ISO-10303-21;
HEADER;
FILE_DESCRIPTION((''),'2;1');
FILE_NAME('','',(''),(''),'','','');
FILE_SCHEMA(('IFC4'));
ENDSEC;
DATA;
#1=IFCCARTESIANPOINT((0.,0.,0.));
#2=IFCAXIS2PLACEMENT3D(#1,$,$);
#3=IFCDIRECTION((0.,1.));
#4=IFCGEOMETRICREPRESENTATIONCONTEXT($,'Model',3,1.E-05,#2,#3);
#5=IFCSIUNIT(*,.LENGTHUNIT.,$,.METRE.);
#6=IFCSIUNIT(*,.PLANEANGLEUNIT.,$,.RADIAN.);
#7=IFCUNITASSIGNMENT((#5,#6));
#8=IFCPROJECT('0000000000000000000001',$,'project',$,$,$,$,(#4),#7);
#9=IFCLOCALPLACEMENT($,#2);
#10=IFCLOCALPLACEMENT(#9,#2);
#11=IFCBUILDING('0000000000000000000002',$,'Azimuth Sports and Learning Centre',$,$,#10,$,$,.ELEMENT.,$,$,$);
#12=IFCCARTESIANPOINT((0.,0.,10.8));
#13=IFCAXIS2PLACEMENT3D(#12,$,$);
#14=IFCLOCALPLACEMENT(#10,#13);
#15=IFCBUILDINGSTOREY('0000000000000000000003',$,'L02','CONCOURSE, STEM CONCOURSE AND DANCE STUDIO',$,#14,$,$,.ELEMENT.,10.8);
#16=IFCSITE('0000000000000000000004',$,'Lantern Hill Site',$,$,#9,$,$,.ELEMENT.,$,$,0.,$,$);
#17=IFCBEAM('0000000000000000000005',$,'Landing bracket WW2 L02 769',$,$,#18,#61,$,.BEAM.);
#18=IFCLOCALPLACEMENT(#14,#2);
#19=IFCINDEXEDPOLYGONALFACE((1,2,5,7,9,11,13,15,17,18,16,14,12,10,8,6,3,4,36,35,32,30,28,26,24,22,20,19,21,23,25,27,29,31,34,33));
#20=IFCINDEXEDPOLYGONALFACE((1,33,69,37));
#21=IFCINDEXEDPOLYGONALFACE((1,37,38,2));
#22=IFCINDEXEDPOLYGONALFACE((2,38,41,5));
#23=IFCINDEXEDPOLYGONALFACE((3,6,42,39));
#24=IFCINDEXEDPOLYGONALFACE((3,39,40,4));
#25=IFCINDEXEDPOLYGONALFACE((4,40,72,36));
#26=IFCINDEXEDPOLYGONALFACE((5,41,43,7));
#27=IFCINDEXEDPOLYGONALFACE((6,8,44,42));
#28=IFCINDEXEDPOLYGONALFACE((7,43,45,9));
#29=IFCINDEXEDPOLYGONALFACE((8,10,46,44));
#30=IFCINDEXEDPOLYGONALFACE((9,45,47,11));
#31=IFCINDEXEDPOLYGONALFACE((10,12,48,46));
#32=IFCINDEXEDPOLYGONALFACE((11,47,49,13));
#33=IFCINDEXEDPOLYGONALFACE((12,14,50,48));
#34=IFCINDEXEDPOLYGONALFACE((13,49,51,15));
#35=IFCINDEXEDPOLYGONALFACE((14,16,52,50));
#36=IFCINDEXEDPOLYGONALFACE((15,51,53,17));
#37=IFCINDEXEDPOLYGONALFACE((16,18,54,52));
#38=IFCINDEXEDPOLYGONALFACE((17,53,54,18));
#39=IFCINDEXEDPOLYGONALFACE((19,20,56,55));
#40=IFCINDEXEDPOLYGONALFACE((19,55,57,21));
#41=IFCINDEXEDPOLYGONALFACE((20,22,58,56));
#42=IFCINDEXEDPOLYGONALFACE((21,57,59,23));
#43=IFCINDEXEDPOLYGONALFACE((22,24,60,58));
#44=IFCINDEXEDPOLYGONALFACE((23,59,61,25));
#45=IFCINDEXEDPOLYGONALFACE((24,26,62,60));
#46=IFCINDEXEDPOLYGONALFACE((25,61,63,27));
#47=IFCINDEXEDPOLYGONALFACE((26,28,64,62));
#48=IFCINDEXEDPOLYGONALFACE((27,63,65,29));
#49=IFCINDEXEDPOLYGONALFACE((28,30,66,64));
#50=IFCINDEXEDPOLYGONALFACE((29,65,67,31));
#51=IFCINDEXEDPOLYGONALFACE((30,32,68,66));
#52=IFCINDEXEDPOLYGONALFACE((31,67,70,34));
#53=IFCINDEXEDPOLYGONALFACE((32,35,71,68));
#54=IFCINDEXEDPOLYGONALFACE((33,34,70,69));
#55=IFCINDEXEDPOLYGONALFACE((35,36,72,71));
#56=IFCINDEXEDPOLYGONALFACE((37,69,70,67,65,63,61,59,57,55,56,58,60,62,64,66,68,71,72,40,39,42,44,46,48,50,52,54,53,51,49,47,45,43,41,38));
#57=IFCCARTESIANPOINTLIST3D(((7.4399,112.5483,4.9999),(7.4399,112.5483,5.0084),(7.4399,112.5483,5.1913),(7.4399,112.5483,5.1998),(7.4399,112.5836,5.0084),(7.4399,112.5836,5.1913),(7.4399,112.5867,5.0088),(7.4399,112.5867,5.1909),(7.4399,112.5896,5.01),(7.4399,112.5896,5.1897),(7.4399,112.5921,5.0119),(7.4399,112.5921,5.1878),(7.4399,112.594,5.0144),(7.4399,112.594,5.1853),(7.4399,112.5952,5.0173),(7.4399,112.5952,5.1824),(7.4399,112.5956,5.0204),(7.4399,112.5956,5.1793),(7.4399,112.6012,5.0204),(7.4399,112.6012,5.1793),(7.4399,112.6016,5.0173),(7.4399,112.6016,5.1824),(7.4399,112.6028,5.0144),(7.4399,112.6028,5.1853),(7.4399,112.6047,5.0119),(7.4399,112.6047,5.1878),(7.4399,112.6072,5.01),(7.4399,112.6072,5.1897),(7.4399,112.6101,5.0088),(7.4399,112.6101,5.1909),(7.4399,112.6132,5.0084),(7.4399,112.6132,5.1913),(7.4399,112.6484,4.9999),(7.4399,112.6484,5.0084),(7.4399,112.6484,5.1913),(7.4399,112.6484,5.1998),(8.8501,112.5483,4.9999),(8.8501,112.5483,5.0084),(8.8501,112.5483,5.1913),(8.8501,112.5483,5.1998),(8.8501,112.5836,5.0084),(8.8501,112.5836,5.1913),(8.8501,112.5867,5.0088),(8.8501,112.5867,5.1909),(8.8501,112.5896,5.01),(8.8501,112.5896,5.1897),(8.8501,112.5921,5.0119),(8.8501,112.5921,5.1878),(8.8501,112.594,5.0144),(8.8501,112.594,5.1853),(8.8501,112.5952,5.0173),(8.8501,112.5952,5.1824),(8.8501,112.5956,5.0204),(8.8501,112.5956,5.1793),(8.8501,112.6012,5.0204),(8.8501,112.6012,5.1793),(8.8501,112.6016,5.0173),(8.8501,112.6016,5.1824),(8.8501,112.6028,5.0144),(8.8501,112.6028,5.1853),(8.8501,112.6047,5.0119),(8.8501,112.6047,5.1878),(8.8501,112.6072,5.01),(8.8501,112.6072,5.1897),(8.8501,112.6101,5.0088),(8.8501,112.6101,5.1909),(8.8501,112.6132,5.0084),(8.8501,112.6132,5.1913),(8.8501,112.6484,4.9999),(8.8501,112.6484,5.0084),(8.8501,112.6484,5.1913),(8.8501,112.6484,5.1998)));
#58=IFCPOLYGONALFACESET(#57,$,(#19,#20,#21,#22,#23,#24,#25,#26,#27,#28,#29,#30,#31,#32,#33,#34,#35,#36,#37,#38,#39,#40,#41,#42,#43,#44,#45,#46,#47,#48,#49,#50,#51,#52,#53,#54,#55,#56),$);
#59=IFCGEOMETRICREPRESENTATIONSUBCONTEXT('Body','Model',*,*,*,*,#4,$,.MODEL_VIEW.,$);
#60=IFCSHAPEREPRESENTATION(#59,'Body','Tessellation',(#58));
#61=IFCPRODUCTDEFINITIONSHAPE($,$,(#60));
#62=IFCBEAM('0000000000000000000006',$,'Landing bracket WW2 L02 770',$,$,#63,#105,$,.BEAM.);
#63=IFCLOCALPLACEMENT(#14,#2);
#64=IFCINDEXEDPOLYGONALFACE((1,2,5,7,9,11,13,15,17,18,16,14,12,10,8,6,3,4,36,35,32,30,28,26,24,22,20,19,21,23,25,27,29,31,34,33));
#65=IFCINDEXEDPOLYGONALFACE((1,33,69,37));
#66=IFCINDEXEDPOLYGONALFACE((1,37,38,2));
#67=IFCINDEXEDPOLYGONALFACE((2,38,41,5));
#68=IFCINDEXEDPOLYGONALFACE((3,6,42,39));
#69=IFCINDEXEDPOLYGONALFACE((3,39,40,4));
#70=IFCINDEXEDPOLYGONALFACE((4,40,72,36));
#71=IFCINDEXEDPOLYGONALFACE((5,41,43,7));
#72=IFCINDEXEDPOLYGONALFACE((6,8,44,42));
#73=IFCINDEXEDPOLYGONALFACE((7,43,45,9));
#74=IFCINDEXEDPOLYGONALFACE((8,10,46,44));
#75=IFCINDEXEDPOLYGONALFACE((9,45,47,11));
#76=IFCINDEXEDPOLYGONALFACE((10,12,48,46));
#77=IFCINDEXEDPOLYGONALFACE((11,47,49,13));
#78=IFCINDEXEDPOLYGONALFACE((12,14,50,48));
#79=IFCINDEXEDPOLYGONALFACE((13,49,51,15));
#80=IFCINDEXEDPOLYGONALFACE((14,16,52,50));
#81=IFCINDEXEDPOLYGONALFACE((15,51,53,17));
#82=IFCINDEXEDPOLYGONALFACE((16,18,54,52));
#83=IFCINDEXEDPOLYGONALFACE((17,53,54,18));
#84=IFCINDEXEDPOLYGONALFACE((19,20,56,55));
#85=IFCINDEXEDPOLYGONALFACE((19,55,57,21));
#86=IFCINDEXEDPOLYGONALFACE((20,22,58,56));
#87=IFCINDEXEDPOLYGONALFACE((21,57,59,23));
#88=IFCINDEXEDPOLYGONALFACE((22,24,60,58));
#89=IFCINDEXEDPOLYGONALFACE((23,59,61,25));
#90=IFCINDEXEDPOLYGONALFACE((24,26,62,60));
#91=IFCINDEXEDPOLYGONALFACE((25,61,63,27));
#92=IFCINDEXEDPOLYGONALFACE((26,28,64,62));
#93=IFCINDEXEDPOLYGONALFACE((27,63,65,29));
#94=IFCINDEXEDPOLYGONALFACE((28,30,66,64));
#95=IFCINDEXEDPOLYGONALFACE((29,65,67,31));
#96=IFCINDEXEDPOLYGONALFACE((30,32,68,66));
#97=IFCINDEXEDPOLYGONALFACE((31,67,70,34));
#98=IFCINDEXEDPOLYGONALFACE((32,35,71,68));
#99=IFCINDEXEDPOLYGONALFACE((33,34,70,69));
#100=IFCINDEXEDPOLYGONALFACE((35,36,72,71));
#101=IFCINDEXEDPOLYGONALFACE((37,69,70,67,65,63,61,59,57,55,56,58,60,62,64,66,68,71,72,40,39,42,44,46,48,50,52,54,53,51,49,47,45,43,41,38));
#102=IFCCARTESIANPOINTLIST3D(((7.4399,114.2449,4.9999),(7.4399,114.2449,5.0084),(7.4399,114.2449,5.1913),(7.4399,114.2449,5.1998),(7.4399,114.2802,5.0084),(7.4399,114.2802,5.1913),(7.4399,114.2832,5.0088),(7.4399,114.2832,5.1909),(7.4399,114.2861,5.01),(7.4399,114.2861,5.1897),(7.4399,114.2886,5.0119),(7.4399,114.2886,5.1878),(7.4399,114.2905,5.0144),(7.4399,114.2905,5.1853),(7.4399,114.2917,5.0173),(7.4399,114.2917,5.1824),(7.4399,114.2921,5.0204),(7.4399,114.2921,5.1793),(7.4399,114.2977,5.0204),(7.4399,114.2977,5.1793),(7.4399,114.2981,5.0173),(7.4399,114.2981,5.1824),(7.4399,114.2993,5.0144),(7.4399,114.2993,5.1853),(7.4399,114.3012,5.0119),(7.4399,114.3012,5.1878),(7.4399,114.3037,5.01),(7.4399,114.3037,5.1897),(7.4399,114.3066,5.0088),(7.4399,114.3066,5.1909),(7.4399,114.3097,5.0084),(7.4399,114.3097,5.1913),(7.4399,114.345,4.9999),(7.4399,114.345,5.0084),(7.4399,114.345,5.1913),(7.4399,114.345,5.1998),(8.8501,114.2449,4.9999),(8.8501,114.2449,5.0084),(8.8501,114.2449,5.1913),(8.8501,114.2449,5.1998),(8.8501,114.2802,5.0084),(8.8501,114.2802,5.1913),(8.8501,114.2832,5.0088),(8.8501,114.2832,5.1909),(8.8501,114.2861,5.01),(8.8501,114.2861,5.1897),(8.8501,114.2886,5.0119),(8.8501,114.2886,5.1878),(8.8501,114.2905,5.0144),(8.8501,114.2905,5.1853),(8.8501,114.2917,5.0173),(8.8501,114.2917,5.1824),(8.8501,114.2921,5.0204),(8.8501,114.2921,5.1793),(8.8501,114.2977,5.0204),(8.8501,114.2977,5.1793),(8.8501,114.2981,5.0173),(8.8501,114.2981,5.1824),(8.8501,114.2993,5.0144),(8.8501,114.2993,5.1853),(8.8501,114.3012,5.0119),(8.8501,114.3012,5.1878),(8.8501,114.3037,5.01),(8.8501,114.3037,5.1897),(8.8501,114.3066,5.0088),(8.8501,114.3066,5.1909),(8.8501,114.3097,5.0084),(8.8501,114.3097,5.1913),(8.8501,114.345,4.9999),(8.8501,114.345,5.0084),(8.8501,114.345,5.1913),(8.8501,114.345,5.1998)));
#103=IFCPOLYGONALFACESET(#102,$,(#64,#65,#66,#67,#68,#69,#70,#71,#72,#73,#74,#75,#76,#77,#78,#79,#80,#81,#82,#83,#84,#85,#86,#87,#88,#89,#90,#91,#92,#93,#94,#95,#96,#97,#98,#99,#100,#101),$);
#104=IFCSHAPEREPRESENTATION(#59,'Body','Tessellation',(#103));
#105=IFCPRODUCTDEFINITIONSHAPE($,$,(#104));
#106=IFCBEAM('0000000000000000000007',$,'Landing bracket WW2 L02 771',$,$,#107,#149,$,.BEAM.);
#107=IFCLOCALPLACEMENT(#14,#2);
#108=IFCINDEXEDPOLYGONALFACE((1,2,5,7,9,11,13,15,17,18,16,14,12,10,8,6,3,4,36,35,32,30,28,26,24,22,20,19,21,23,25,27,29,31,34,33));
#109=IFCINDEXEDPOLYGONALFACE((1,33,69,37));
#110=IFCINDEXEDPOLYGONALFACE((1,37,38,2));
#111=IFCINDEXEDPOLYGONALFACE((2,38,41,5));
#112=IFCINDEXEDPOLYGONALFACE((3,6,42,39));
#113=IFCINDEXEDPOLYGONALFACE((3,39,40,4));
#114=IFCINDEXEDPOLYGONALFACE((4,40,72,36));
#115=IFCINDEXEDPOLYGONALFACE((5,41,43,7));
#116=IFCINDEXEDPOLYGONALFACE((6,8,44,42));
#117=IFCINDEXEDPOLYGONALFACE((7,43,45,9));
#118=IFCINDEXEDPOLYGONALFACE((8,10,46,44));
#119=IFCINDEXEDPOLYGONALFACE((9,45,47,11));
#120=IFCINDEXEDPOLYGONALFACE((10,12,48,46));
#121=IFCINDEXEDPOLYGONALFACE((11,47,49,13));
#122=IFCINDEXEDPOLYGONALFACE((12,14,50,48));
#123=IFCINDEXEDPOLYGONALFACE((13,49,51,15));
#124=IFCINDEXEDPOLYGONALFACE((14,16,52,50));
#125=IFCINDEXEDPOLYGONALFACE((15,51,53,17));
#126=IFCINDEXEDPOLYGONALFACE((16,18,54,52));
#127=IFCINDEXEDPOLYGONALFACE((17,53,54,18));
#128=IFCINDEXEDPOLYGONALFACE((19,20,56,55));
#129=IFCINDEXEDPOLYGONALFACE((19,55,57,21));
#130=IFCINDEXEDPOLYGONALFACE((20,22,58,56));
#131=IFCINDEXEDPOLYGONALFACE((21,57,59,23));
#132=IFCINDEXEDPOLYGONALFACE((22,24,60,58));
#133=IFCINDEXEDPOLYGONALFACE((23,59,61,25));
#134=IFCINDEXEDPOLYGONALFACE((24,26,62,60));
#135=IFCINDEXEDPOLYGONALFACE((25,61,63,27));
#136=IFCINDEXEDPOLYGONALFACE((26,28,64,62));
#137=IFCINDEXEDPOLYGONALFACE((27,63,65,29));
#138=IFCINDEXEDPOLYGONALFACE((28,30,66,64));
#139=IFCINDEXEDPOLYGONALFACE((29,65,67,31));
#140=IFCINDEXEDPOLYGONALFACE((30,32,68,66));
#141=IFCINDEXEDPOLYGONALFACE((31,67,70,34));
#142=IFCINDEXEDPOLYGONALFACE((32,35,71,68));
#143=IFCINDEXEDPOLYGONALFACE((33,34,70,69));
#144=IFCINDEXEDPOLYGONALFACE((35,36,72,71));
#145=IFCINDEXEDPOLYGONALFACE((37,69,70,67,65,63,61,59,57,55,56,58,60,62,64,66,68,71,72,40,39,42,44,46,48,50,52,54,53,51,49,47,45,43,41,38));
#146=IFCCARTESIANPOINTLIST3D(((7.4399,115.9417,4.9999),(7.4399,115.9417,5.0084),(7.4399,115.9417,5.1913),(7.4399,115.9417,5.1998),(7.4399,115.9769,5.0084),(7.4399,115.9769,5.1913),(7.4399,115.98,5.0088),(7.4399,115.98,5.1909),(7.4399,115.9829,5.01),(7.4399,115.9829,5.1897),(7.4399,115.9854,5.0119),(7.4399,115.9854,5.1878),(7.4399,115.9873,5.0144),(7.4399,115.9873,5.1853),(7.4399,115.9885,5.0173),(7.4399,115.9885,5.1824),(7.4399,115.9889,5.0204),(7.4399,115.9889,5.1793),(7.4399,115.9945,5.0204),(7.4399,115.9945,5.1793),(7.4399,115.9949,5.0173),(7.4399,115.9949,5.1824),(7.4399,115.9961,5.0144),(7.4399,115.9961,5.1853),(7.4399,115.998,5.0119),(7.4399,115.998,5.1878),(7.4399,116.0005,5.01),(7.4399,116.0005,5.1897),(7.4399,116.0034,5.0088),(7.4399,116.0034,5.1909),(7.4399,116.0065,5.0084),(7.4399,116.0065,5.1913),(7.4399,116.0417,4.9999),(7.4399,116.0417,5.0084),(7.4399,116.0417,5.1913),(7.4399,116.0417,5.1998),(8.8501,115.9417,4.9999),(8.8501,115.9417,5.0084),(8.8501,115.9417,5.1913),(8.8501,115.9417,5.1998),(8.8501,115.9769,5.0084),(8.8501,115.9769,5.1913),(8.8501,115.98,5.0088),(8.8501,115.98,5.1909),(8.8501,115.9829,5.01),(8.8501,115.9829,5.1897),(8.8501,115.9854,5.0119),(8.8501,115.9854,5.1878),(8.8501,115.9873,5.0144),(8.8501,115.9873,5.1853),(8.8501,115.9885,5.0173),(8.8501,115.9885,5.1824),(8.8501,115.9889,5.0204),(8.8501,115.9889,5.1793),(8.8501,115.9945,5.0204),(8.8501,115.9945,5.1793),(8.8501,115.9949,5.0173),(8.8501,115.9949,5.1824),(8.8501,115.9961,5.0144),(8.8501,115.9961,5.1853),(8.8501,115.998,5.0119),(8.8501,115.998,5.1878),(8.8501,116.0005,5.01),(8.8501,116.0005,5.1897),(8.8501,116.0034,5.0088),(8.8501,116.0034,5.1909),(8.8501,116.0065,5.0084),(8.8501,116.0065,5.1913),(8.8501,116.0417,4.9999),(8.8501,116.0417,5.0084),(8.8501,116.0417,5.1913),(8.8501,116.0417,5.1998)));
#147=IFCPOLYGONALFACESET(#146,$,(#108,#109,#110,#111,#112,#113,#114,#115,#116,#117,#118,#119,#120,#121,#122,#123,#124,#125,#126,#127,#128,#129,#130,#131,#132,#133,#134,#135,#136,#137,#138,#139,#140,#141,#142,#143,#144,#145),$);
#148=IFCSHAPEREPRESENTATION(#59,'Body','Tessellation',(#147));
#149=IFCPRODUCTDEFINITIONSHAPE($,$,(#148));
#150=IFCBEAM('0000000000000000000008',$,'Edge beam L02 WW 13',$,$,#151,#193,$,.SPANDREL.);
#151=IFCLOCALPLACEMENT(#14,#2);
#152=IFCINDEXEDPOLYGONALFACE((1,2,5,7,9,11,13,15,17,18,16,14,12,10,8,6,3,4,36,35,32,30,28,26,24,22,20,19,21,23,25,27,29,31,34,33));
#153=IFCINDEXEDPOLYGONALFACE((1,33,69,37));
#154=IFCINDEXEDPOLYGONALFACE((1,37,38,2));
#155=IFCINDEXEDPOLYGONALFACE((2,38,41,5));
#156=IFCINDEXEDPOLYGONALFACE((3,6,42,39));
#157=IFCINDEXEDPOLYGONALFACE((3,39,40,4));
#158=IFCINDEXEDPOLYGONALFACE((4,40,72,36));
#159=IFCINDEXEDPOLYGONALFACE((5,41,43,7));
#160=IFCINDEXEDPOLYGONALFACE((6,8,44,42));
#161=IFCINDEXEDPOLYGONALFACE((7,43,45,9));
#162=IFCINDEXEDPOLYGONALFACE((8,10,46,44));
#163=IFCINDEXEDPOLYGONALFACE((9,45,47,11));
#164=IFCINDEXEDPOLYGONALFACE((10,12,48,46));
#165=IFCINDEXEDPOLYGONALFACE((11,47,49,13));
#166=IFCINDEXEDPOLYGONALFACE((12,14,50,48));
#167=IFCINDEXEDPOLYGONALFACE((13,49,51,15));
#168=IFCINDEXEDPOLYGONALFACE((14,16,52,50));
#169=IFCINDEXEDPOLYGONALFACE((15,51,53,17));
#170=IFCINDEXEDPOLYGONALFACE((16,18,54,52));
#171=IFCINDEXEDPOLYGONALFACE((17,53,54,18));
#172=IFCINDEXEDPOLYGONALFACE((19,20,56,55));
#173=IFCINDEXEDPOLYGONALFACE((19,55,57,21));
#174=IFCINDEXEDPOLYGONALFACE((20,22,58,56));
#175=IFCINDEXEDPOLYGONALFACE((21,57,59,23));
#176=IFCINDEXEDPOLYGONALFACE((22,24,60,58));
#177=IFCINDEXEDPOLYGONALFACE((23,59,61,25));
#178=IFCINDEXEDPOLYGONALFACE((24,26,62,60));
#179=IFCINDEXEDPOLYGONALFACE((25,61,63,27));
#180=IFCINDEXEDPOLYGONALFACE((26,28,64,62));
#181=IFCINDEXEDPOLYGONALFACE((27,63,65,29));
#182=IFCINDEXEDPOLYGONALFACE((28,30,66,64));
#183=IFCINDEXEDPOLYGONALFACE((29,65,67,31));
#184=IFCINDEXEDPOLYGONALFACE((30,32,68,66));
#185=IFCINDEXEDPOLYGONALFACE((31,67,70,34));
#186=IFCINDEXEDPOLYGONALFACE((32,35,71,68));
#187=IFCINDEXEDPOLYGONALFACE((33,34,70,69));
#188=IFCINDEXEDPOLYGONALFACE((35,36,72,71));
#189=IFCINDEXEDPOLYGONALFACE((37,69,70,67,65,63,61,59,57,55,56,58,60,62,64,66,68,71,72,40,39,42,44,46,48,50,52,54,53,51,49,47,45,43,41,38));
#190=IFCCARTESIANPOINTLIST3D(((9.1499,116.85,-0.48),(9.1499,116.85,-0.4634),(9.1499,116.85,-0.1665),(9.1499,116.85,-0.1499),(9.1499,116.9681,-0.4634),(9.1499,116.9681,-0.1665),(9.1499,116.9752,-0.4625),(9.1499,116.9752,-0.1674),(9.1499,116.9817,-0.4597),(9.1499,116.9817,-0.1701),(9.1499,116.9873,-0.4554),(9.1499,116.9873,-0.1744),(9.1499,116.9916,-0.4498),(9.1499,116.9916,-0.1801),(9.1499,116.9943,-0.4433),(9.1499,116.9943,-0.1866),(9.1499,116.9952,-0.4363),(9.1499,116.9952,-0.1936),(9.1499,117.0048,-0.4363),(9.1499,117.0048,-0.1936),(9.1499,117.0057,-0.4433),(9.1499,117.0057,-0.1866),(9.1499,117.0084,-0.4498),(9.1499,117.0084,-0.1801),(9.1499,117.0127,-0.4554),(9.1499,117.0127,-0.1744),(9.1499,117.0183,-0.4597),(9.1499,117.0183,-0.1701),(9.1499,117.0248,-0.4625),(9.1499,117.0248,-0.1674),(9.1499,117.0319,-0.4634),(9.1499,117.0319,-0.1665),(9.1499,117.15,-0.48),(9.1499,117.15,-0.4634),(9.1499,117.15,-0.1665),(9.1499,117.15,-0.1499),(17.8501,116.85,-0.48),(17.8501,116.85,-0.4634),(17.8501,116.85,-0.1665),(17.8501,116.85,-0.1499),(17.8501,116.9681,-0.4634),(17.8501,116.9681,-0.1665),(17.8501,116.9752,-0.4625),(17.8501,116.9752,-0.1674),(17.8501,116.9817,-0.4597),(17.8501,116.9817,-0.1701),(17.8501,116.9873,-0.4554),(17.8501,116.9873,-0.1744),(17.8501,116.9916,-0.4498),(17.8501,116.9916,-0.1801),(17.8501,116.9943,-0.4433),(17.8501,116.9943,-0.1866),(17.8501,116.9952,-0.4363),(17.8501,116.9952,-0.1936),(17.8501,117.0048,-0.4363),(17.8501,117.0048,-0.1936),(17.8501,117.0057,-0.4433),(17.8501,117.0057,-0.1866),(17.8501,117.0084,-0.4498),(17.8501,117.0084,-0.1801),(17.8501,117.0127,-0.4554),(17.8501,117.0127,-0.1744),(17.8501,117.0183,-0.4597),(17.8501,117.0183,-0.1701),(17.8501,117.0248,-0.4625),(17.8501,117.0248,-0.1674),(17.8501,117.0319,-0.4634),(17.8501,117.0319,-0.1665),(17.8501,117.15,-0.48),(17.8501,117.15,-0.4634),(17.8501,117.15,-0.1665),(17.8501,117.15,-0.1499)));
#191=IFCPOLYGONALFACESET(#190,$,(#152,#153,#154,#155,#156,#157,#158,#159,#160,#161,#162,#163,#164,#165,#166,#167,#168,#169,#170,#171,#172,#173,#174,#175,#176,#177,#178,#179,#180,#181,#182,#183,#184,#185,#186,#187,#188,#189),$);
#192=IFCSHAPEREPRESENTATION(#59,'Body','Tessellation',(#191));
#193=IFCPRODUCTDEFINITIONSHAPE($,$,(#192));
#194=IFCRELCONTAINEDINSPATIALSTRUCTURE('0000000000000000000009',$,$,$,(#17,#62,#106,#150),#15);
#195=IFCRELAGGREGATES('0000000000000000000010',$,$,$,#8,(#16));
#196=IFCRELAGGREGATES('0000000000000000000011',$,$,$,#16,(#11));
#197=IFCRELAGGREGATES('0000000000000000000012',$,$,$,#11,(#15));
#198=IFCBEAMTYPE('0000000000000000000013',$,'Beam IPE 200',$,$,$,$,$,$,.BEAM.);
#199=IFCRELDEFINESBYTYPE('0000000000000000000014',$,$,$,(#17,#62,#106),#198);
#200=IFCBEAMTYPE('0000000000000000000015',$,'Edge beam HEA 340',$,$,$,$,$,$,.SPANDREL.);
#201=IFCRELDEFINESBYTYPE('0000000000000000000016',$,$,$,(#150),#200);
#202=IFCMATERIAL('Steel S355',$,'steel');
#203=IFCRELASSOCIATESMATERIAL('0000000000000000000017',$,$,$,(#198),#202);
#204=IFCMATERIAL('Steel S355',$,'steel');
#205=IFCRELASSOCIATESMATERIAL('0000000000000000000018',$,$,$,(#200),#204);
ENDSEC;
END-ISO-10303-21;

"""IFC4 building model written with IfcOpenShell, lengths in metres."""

from ifc_helpers import new_model, si_unit, direction, frame, origin, origin_2d, place, context, subcontext, project, spatial, i_section, extrude, material, material_profile, profile_set, type_object, element, save


model = new_model("IFC4")

# Units and contexts
model_context = context("Model", 3, precision=1e-05, world=origin(), true_north=direction((0.0, 1.0)))
body_context = subcontext(model_context, "Body", "Model", "MODEL_VIEW")
ifc_project = project(units=[si_unit("LENGTHUNIT", "METRE"), si_unit("PLANEANGLEUNIT", "RADIAN")], contexts=[model_context])

# Site, building, storey
site_placement = place(None, origin())
site = spatial("IfcSite", under=ifc_project, at=site_placement, Name="Lantern Hill Site", CompositionType="ELEMENT", RefElevation=0.0)
building_placement = place(site_placement, origin())
building = spatial("IfcBuilding", under=site, at=building_placement, Name="Azimuth Sports and Learning Centre", CompositionType="ELEMENT")
storey_placement = place(building_placement, frame((0.0, 0.0, 10.8)))
storey = spatial("IfcBuildingStorey", under=building, at=storey_placement, Name="L02", Description="CONCOURSE, STEM CONCOURSE AND DANCE STUDIO", CompositionType="ELEMENT", Elevation=10.8)

# Beams
ifc_material_1 = material(Name="Steel S355", Category="steel")
ifc_material_profile_1 = material_profile(ifc_material_1, i_section(OverallWidth=0.1001, OverallDepth=0.2, WebThickness=0.0056, FlangeThickness=0.0085, FilletRadius=0.012, at=origin_2d()), Name="IPE 200")
ifc_profile_set_1 = profile_set([ifc_material_profile_1], Name="Steel S355")
beam_type_1 = type_object("IfcBeamType", Name="Beam IPE 200", PredefinedType="BEAM", material=ifc_profile_set_1)
for number, where, z_axis, x_axis, name in (
    (1, (8.8501, 112.5984, 5.0999), (-1.0, 0.0, 0.0), (0.0, -1.0, 0.0), "Landing bracket WW2 L02 769"),
    (2, (8.8501, 114.2949, 5.0999), (-1.0, 0.0, 0.0), (0.0, -1.0, 0.0), "Landing bracket WW2 L02 770"),
    (3, (8.8501, 115.9917, 5.0999), (-1.0, 0.0, 0.0), (0.0, -1.0, 0.0), "Landing bracket WW2 L02 771"),
):
    element("IfcBeam", number, at=place(storey_placement, frame(where, z_axis=z_axis, x_axis=x_axis)), inside=storey, type_object=beam_type_1, Name=name, PredefinedType="BEAM", context=body_context, shape_type="SweptSolid", body=[
        extrude(i_section(OverallWidth=0.1001, OverallDepth=0.2, WebThickness=0.0056, FlangeThickness=0.0085, FilletRadius=0.012, at=origin_2d()), origin(), (0.0, 0.0, 1.0), 1.4102),
    ])
ifc_material_2 = material(Name="Steel S355", Category="steel")
ifc_material_profile_2 = material_profile(ifc_material_2, i_section(OverallWidth=0.3, OverallDepth=0.3301, WebThickness=0.0095, FlangeThickness=0.0166, FilletRadius=0.0271, at=origin_2d()), Name="HEA 340")
ifc_profile_set_2 = profile_set([ifc_material_profile_2], Name="Steel S355")
beam_type_2 = type_object("IfcBeamType", Name="Edge beam HEA 340", PredefinedType="SPANDREL", material=ifc_profile_set_2)
beam_placement = place(storey_placement, frame((9.1499, 117.0, -0.3149), z_axis=(1.0, 0.0, 0.0), x_axis=(0.0, 1.0, 0.0)))
element("IfcBeam", 4, at=beam_placement, inside=storey, type_object=beam_type_2, Name="Edge beam L02 WW 13", PredefinedType="SPANDREL", context=body_context, shape_type="SweptSolid", body=[
    extrude(i_section(OverallWidth=0.3, OverallDepth=0.3301, WebThickness=0.0095, FlangeThickness=0.0166, FilletRadius=0.0271, at=origin_2d()), origin(), (0.0, 0.0, 1.0), 8.7002),
])

save(model, "model.ifc")
